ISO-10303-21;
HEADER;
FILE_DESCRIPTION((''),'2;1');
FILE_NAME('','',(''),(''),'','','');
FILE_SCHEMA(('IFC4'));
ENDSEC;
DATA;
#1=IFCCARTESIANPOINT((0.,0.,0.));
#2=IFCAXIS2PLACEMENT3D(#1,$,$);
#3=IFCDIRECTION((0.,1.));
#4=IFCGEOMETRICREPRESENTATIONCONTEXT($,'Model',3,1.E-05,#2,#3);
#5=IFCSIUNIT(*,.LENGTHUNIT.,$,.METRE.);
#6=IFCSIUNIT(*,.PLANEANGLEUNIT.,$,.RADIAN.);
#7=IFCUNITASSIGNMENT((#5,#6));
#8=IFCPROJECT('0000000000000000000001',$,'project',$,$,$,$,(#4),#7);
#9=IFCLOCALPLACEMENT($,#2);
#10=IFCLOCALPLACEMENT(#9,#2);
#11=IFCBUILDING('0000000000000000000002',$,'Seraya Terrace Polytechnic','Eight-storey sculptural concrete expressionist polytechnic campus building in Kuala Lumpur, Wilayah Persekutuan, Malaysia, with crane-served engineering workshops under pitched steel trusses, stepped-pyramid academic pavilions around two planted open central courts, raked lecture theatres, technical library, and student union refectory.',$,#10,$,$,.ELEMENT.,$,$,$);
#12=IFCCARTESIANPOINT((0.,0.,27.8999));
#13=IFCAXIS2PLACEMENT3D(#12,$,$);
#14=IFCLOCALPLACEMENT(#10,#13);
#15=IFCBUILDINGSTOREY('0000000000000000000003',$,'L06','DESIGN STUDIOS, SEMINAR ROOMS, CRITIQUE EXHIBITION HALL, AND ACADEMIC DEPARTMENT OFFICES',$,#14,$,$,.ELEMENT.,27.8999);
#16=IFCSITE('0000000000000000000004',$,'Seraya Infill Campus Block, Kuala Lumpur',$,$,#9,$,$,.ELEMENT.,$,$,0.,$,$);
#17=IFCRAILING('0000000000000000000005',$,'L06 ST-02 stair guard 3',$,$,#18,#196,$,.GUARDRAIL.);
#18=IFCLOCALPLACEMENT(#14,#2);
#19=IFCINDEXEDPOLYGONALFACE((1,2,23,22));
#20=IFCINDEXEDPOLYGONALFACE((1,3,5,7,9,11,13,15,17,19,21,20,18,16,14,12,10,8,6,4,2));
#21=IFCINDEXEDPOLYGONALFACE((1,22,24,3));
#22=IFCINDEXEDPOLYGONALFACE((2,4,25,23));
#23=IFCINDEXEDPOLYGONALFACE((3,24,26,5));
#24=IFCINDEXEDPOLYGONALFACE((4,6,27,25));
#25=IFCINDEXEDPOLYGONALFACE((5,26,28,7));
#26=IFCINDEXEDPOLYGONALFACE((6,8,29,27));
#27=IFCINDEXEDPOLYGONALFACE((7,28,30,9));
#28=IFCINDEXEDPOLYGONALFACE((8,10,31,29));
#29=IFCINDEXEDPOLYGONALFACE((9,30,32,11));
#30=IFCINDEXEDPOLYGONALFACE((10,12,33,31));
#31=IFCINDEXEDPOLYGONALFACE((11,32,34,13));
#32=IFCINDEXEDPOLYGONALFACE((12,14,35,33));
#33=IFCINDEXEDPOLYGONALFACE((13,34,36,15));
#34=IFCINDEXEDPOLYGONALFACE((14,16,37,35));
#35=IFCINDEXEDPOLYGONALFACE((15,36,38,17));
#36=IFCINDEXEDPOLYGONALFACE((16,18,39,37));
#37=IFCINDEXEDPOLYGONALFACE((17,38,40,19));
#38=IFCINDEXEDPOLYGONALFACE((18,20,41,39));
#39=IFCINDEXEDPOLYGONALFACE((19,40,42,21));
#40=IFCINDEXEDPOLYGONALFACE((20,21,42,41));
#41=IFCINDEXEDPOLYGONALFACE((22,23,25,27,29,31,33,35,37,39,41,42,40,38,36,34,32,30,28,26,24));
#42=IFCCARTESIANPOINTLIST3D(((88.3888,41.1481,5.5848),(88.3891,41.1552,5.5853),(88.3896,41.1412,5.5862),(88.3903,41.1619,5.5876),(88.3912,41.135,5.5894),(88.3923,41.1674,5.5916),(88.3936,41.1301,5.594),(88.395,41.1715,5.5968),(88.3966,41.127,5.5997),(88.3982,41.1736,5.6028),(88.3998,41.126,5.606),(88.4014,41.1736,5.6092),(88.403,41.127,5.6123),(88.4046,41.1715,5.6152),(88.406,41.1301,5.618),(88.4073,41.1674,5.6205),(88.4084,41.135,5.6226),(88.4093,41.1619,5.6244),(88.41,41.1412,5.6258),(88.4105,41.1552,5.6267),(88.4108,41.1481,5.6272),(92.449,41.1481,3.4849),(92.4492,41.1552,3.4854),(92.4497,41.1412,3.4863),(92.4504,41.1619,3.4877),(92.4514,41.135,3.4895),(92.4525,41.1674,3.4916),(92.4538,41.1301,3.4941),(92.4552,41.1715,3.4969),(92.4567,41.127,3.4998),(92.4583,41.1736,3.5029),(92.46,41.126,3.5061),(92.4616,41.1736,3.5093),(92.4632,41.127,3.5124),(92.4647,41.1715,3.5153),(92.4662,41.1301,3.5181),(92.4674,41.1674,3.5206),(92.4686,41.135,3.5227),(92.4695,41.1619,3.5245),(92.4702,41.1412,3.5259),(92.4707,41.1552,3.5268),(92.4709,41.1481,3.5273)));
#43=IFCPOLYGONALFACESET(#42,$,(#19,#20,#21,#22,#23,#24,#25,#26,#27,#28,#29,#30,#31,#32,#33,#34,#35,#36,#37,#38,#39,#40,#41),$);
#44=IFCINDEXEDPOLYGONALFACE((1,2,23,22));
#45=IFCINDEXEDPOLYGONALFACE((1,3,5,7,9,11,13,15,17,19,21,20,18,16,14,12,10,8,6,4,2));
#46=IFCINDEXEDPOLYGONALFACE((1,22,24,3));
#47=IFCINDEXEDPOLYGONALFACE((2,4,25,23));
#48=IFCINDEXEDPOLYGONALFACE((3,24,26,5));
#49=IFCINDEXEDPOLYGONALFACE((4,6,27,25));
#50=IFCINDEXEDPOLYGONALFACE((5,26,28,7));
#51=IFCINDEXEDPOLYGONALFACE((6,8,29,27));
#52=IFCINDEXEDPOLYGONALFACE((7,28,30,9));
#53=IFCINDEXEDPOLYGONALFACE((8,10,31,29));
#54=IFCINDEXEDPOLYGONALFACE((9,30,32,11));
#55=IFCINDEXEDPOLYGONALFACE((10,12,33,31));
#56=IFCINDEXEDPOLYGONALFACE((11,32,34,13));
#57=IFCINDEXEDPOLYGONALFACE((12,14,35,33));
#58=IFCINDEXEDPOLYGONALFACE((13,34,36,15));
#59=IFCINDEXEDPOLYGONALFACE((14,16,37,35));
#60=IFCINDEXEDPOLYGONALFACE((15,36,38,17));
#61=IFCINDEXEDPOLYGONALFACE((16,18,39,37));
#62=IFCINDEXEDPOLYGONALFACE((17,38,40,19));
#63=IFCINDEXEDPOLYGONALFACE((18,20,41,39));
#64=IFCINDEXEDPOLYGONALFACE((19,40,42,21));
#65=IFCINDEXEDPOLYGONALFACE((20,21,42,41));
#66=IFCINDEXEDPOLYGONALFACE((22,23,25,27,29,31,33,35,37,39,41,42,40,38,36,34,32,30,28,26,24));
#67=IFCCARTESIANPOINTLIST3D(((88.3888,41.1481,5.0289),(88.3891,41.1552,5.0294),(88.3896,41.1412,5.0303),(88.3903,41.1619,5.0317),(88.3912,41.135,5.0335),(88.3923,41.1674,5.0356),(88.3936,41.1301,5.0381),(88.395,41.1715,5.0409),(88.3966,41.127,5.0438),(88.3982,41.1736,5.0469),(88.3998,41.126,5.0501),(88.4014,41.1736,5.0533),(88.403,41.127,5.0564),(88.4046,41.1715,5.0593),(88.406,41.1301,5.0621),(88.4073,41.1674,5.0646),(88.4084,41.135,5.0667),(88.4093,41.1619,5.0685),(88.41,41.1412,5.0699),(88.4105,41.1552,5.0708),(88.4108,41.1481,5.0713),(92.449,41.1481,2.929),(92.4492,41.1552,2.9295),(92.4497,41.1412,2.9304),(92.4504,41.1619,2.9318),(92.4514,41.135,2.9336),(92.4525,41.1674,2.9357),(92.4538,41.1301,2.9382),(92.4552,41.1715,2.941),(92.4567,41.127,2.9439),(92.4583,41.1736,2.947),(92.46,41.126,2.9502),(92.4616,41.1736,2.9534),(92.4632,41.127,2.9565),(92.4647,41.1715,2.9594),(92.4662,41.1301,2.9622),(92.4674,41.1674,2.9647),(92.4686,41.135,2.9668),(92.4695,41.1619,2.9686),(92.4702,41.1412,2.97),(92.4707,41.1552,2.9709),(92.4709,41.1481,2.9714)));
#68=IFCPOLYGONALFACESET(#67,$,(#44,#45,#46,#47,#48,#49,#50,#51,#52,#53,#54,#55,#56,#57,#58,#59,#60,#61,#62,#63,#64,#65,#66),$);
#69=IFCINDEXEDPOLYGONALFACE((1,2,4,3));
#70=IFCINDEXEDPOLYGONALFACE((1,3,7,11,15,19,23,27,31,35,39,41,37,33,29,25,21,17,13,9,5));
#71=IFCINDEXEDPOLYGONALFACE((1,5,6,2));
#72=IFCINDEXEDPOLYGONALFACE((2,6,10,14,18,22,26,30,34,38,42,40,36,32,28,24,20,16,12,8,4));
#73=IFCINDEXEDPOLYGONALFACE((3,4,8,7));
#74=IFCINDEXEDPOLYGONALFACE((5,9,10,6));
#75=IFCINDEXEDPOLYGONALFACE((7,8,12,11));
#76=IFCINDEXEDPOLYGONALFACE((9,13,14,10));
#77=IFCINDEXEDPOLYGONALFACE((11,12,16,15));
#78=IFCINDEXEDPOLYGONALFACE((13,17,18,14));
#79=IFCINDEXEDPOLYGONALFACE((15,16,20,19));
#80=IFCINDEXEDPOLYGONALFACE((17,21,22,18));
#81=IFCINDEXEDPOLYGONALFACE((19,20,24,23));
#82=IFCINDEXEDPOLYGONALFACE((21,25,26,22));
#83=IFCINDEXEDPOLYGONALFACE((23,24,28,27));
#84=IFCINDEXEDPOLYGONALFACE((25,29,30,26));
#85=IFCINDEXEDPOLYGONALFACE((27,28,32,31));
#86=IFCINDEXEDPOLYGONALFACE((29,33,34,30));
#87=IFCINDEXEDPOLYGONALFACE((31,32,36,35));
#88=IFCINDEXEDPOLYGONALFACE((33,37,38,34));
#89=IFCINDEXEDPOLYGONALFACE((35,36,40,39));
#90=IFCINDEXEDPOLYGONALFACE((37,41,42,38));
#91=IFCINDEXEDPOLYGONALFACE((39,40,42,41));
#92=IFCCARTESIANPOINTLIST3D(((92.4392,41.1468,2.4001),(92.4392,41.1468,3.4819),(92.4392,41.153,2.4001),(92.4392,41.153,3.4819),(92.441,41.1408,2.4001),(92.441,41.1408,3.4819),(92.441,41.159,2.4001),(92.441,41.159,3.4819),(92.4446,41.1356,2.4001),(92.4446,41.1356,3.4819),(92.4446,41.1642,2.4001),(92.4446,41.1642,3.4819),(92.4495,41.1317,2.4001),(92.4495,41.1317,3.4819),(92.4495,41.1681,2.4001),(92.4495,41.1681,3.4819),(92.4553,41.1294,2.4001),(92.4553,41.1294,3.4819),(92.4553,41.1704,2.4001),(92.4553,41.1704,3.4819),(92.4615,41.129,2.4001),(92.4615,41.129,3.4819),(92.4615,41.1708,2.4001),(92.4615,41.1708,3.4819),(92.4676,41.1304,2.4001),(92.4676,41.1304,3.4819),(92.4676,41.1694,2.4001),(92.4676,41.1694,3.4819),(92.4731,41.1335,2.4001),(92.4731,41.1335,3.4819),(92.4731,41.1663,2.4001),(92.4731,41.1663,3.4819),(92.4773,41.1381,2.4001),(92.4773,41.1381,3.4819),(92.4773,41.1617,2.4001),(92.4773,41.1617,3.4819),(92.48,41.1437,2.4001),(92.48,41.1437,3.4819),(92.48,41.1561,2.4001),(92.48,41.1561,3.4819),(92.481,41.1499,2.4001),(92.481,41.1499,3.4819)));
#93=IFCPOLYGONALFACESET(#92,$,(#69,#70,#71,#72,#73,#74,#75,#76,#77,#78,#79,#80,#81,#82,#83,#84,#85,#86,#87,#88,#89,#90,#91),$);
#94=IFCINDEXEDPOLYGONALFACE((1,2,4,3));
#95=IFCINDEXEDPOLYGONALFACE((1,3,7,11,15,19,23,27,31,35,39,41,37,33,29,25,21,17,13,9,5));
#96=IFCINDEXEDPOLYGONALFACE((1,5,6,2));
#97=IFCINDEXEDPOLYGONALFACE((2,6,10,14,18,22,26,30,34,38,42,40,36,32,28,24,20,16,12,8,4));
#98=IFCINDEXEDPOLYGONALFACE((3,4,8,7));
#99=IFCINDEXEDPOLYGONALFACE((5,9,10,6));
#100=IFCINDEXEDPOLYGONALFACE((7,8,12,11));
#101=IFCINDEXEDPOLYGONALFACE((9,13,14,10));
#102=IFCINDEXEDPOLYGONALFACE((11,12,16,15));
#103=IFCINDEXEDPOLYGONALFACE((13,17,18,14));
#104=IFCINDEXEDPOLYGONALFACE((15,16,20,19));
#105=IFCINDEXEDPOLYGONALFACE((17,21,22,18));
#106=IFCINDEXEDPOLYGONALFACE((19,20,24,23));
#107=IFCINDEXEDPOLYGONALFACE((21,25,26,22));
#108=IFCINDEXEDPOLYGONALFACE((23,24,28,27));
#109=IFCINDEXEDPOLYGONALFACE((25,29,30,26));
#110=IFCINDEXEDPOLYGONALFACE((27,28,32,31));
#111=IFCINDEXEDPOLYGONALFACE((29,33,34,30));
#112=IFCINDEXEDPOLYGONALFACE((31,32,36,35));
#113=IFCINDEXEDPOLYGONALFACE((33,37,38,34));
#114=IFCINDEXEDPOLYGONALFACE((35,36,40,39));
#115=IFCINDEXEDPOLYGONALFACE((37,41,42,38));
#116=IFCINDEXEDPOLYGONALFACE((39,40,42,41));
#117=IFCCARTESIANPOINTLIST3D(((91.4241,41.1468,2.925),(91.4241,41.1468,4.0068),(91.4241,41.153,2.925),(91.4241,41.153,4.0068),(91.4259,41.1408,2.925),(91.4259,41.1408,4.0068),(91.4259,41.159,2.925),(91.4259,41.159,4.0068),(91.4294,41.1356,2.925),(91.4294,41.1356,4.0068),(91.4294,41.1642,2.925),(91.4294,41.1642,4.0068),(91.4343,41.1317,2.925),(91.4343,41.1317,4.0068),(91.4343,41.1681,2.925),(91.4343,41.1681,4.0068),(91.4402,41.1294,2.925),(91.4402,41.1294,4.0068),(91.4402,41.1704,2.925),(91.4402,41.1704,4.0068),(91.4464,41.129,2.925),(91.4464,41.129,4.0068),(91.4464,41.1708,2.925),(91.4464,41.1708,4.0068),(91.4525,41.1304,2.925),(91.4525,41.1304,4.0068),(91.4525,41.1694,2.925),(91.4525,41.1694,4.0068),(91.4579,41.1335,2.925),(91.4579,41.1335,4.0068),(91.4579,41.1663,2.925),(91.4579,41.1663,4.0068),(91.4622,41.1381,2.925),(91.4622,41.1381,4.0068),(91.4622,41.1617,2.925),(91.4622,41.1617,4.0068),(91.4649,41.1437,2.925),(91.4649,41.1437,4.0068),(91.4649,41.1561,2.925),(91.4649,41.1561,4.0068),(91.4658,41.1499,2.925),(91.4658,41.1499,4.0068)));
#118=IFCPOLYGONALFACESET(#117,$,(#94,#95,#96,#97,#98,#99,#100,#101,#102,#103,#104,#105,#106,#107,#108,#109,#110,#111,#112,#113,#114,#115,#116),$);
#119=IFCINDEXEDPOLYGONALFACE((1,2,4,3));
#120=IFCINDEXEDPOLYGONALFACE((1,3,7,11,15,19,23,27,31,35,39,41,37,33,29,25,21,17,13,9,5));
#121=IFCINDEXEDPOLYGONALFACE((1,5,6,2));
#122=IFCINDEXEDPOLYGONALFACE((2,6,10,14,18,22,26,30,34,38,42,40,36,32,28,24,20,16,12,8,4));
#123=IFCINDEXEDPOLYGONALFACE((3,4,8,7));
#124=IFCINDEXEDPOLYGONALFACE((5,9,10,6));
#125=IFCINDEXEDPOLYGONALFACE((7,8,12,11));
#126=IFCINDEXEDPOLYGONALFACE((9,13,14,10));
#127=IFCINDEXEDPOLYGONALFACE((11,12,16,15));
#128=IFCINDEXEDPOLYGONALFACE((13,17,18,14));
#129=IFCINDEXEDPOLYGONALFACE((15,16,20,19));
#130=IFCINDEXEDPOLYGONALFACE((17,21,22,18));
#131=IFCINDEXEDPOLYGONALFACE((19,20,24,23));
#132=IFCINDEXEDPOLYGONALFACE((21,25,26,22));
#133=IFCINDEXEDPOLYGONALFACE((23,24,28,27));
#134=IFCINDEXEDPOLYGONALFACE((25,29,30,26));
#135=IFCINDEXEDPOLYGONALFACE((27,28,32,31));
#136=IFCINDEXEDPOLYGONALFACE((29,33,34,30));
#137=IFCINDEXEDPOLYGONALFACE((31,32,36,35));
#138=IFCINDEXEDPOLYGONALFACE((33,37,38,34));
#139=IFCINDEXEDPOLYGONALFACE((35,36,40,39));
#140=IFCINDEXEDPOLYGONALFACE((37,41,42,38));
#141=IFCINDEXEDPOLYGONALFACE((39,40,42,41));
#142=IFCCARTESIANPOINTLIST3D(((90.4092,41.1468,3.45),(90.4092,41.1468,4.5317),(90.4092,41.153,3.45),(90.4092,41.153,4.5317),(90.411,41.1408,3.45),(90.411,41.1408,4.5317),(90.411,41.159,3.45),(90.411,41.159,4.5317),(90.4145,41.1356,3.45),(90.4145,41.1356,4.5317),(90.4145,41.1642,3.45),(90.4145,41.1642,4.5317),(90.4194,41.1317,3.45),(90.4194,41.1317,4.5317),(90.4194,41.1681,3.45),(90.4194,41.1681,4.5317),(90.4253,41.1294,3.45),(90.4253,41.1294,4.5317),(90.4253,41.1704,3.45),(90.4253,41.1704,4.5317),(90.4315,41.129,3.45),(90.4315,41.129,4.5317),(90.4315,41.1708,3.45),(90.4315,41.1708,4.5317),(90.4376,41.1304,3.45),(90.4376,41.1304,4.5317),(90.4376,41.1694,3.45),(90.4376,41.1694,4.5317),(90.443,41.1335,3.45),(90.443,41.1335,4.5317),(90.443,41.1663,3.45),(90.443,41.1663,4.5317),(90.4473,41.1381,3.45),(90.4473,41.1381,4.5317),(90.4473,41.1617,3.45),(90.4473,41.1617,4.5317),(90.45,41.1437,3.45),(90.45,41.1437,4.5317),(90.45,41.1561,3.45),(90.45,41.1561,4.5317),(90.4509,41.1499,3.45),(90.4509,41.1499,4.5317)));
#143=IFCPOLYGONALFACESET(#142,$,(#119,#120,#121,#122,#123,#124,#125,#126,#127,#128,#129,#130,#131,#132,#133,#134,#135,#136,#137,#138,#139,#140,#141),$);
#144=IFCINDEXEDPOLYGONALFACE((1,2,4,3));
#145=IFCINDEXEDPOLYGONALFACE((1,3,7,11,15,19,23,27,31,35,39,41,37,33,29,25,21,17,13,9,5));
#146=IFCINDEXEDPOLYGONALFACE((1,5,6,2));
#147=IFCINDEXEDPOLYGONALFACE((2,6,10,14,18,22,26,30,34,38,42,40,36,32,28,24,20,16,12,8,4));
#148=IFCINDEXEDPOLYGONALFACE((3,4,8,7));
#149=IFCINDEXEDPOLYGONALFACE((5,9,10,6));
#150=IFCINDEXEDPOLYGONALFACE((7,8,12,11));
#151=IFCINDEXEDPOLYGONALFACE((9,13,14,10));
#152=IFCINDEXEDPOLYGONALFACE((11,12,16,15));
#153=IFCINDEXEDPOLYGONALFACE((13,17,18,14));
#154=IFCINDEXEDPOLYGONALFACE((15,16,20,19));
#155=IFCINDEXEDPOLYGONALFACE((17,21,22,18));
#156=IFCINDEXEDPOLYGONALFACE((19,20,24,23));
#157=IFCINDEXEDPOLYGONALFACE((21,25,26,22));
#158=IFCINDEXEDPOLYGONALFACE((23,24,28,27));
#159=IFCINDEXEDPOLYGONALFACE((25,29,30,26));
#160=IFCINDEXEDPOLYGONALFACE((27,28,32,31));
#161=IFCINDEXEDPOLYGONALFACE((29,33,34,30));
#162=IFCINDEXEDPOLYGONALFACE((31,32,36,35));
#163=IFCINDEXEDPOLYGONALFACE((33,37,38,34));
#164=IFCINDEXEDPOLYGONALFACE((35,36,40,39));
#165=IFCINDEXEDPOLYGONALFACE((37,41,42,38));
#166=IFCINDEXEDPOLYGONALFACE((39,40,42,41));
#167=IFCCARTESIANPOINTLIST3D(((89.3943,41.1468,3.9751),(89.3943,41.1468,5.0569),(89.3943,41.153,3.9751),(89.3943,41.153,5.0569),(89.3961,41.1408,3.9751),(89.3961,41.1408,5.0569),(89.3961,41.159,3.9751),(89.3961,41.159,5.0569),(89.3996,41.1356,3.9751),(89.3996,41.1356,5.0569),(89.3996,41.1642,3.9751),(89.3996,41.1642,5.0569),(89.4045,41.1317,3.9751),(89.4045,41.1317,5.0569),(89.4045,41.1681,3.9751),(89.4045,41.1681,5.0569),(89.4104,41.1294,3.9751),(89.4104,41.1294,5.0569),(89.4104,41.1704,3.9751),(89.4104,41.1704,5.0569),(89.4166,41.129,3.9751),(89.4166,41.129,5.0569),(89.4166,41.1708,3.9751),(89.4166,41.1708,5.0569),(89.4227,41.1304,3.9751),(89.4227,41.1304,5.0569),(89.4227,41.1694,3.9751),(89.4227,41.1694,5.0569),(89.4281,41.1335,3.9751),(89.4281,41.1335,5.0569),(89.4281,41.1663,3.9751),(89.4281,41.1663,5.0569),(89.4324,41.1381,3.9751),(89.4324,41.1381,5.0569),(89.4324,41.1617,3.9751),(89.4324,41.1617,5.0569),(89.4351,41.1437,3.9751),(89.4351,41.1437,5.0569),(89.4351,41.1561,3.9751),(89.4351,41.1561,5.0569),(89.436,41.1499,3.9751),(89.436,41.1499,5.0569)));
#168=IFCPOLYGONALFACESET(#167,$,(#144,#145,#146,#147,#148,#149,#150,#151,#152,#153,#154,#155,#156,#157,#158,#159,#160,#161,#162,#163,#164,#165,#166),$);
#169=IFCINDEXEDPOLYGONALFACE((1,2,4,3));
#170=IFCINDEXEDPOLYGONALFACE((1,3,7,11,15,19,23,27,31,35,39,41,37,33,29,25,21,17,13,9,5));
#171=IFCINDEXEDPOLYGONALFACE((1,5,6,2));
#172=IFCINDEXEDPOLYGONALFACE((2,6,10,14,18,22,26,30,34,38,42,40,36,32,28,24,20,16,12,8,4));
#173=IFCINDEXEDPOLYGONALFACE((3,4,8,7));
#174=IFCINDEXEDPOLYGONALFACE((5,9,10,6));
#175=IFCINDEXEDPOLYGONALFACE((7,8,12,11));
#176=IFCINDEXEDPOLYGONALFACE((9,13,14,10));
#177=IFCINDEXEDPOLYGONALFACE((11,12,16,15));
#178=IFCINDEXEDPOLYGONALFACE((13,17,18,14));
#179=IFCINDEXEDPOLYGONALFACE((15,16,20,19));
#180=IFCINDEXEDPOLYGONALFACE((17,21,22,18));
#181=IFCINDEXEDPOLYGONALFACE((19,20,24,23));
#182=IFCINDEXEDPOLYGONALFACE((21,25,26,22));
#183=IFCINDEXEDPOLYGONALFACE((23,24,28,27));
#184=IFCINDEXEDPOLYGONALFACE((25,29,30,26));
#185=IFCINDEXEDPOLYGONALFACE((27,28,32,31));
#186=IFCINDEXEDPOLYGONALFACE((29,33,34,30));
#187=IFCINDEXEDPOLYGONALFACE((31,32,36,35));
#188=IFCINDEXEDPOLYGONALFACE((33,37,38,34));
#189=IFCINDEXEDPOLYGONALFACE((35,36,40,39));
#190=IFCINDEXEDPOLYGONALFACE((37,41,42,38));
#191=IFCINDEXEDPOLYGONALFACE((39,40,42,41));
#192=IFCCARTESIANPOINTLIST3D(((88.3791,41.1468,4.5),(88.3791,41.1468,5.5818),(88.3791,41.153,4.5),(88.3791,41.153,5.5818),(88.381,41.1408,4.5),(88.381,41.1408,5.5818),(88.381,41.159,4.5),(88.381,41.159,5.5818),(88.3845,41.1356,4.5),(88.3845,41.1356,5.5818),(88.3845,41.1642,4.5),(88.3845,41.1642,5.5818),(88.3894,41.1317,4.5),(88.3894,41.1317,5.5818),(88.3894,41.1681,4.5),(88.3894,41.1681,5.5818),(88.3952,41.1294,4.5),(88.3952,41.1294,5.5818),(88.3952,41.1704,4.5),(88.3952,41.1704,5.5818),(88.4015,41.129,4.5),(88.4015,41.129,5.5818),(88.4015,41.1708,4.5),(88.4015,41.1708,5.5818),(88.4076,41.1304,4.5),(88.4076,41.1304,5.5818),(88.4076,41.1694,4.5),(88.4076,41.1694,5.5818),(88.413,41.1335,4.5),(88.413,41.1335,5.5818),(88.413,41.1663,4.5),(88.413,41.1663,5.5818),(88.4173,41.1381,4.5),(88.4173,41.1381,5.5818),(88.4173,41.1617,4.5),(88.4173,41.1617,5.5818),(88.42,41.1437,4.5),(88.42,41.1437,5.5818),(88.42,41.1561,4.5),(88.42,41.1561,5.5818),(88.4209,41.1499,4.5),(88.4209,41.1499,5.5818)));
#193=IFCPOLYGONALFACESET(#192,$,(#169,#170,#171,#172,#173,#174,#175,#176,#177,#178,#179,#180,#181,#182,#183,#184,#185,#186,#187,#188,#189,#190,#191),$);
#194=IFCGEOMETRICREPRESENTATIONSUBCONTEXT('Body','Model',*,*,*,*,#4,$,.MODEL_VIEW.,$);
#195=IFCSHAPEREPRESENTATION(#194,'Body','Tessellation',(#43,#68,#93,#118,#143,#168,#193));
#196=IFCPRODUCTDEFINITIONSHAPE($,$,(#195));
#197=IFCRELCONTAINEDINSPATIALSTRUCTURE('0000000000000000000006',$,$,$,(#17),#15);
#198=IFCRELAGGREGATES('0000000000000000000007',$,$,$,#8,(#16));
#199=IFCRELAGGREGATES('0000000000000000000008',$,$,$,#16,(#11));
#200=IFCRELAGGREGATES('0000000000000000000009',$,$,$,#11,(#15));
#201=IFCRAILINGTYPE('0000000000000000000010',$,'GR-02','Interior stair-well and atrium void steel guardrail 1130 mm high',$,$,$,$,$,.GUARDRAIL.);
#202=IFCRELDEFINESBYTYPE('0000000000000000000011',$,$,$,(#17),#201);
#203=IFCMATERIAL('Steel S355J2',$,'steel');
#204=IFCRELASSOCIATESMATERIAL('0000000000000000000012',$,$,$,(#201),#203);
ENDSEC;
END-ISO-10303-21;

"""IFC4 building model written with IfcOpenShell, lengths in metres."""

from ifc_helpers import new_model, si_unit, direction, frame, origin, origin_2d, place, context, subcontext, project, spatial, circle, extrude, material, type_object, element, save


model = new_model("IFC4")

# Units and contexts
model_context = context("Model", 3, precision=1e-05, world=origin(), true_north=direction((0.0, 1.0)))
body_context = subcontext(model_context, "Body", "Model", "MODEL_VIEW")
ifc_project = project(units=[si_unit("LENGTHUNIT", "METRE"), si_unit("PLANEANGLEUNIT", "RADIAN")], contexts=[model_context])

# Site, building, storey
site_placement = place(None, origin())
site = spatial("IfcSite", under=ifc_project, at=site_placement, Name="Seraya Infill Campus Block, Kuala Lumpur", CompositionType="ELEMENT", RefElevation=0.0)
building_placement = place(site_placement, origin())
building = spatial("IfcBuilding", under=site, at=building_placement, Name="Seraya Terrace Polytechnic", Description="Eight-storey sculptural concrete expressionist polytechnic campus building in Kuala Lumpur, Wilayah Persekutuan, Malaysia, with crane-served engineering workshops under pitched steel trusses, stepped-pyramid academic pavilions around two planted open central courts, raked lecture theatres, technical library, and student union refectory.", CompositionType="ELEMENT")
storey_placement = place(building_placement, frame((0.0, 0.0, 27.8999)))
storey = spatial("IfcBuildingStorey", under=building, at=storey_placement, Name="L06", Description="DESIGN STUDIOS, SEMINAR ROOMS, CRITIQUE EXHIBITION HALL, AND ACADEMIC DEPARTMENT OFFICES", CompositionType="ELEMENT", Elevation=27.8999)

# Shared definitions
ifc_material_1 = material(Name="Steel S355J2", Category="steel")

# Railing
railing_type_1 = type_object("IfcRailingType", Name="GR-02", Description="Interior stair-well and atrium void steel guardrail 1130 mm high", PredefinedType="GUARDRAIL", material=ifc_material_1)
railing_1_placement = place(storey_placement, frame((92.46, 41.1499, 2.4001)))
element("IfcRailing", 1, at=railing_1_placement, inside=storey, type_object=railing_type_1, Name="L06 ST-02 stair guard 3", PredefinedType="GUARDRAIL", context=body_context, shape_type="SweptSolid", body=[
    extrude(circle(Radius=0.0239, at=origin_2d()), frame((0.0, 0.0, 1.106), z_axis=(-0.888233, 0.0, 0.459392), x_axis=(0.0, -1.0, 0.0)), (0.0, 0.0, 1.0), 4.571),
    extrude(circle(Radius=0.0239, at=origin_2d()), frame((0.0, 0.0, 0.55), z_axis=(-0.888233, 0.0, 0.459392), x_axis=(0.0, -1.0, 0.0)), (0.0, 0.0, 1.0), 4.571),
    extrude(circle(Radius=0.021, at=origin_2d()), origin(), (0.0, 0.0, 1.0), 1.0818),
    extrude(circle(Radius=0.021, at=origin_2d()), frame((-1.0151, 0.0, 0.5249)), (0.0, 0.0, 1.0), 1.0818),
    extrude(circle(Radius=0.021, at=origin_2d()), frame((-2.03, 0.0, 1.0498)), (0.0, 0.0, 1.0), 1.0818),
    extrude(circle(Radius=0.021, at=origin_2d()), frame((-3.0449, 0.0, 1.575)), (0.0, 0.0, 1.0), 1.0818),
    extrude(circle(Radius=0.021, at=origin_2d()), frame((-4.0601, 0.0, 2.0999)), (0.0, 0.0, 1.0), 1.0818),
])

save(model, "model.ifc")
